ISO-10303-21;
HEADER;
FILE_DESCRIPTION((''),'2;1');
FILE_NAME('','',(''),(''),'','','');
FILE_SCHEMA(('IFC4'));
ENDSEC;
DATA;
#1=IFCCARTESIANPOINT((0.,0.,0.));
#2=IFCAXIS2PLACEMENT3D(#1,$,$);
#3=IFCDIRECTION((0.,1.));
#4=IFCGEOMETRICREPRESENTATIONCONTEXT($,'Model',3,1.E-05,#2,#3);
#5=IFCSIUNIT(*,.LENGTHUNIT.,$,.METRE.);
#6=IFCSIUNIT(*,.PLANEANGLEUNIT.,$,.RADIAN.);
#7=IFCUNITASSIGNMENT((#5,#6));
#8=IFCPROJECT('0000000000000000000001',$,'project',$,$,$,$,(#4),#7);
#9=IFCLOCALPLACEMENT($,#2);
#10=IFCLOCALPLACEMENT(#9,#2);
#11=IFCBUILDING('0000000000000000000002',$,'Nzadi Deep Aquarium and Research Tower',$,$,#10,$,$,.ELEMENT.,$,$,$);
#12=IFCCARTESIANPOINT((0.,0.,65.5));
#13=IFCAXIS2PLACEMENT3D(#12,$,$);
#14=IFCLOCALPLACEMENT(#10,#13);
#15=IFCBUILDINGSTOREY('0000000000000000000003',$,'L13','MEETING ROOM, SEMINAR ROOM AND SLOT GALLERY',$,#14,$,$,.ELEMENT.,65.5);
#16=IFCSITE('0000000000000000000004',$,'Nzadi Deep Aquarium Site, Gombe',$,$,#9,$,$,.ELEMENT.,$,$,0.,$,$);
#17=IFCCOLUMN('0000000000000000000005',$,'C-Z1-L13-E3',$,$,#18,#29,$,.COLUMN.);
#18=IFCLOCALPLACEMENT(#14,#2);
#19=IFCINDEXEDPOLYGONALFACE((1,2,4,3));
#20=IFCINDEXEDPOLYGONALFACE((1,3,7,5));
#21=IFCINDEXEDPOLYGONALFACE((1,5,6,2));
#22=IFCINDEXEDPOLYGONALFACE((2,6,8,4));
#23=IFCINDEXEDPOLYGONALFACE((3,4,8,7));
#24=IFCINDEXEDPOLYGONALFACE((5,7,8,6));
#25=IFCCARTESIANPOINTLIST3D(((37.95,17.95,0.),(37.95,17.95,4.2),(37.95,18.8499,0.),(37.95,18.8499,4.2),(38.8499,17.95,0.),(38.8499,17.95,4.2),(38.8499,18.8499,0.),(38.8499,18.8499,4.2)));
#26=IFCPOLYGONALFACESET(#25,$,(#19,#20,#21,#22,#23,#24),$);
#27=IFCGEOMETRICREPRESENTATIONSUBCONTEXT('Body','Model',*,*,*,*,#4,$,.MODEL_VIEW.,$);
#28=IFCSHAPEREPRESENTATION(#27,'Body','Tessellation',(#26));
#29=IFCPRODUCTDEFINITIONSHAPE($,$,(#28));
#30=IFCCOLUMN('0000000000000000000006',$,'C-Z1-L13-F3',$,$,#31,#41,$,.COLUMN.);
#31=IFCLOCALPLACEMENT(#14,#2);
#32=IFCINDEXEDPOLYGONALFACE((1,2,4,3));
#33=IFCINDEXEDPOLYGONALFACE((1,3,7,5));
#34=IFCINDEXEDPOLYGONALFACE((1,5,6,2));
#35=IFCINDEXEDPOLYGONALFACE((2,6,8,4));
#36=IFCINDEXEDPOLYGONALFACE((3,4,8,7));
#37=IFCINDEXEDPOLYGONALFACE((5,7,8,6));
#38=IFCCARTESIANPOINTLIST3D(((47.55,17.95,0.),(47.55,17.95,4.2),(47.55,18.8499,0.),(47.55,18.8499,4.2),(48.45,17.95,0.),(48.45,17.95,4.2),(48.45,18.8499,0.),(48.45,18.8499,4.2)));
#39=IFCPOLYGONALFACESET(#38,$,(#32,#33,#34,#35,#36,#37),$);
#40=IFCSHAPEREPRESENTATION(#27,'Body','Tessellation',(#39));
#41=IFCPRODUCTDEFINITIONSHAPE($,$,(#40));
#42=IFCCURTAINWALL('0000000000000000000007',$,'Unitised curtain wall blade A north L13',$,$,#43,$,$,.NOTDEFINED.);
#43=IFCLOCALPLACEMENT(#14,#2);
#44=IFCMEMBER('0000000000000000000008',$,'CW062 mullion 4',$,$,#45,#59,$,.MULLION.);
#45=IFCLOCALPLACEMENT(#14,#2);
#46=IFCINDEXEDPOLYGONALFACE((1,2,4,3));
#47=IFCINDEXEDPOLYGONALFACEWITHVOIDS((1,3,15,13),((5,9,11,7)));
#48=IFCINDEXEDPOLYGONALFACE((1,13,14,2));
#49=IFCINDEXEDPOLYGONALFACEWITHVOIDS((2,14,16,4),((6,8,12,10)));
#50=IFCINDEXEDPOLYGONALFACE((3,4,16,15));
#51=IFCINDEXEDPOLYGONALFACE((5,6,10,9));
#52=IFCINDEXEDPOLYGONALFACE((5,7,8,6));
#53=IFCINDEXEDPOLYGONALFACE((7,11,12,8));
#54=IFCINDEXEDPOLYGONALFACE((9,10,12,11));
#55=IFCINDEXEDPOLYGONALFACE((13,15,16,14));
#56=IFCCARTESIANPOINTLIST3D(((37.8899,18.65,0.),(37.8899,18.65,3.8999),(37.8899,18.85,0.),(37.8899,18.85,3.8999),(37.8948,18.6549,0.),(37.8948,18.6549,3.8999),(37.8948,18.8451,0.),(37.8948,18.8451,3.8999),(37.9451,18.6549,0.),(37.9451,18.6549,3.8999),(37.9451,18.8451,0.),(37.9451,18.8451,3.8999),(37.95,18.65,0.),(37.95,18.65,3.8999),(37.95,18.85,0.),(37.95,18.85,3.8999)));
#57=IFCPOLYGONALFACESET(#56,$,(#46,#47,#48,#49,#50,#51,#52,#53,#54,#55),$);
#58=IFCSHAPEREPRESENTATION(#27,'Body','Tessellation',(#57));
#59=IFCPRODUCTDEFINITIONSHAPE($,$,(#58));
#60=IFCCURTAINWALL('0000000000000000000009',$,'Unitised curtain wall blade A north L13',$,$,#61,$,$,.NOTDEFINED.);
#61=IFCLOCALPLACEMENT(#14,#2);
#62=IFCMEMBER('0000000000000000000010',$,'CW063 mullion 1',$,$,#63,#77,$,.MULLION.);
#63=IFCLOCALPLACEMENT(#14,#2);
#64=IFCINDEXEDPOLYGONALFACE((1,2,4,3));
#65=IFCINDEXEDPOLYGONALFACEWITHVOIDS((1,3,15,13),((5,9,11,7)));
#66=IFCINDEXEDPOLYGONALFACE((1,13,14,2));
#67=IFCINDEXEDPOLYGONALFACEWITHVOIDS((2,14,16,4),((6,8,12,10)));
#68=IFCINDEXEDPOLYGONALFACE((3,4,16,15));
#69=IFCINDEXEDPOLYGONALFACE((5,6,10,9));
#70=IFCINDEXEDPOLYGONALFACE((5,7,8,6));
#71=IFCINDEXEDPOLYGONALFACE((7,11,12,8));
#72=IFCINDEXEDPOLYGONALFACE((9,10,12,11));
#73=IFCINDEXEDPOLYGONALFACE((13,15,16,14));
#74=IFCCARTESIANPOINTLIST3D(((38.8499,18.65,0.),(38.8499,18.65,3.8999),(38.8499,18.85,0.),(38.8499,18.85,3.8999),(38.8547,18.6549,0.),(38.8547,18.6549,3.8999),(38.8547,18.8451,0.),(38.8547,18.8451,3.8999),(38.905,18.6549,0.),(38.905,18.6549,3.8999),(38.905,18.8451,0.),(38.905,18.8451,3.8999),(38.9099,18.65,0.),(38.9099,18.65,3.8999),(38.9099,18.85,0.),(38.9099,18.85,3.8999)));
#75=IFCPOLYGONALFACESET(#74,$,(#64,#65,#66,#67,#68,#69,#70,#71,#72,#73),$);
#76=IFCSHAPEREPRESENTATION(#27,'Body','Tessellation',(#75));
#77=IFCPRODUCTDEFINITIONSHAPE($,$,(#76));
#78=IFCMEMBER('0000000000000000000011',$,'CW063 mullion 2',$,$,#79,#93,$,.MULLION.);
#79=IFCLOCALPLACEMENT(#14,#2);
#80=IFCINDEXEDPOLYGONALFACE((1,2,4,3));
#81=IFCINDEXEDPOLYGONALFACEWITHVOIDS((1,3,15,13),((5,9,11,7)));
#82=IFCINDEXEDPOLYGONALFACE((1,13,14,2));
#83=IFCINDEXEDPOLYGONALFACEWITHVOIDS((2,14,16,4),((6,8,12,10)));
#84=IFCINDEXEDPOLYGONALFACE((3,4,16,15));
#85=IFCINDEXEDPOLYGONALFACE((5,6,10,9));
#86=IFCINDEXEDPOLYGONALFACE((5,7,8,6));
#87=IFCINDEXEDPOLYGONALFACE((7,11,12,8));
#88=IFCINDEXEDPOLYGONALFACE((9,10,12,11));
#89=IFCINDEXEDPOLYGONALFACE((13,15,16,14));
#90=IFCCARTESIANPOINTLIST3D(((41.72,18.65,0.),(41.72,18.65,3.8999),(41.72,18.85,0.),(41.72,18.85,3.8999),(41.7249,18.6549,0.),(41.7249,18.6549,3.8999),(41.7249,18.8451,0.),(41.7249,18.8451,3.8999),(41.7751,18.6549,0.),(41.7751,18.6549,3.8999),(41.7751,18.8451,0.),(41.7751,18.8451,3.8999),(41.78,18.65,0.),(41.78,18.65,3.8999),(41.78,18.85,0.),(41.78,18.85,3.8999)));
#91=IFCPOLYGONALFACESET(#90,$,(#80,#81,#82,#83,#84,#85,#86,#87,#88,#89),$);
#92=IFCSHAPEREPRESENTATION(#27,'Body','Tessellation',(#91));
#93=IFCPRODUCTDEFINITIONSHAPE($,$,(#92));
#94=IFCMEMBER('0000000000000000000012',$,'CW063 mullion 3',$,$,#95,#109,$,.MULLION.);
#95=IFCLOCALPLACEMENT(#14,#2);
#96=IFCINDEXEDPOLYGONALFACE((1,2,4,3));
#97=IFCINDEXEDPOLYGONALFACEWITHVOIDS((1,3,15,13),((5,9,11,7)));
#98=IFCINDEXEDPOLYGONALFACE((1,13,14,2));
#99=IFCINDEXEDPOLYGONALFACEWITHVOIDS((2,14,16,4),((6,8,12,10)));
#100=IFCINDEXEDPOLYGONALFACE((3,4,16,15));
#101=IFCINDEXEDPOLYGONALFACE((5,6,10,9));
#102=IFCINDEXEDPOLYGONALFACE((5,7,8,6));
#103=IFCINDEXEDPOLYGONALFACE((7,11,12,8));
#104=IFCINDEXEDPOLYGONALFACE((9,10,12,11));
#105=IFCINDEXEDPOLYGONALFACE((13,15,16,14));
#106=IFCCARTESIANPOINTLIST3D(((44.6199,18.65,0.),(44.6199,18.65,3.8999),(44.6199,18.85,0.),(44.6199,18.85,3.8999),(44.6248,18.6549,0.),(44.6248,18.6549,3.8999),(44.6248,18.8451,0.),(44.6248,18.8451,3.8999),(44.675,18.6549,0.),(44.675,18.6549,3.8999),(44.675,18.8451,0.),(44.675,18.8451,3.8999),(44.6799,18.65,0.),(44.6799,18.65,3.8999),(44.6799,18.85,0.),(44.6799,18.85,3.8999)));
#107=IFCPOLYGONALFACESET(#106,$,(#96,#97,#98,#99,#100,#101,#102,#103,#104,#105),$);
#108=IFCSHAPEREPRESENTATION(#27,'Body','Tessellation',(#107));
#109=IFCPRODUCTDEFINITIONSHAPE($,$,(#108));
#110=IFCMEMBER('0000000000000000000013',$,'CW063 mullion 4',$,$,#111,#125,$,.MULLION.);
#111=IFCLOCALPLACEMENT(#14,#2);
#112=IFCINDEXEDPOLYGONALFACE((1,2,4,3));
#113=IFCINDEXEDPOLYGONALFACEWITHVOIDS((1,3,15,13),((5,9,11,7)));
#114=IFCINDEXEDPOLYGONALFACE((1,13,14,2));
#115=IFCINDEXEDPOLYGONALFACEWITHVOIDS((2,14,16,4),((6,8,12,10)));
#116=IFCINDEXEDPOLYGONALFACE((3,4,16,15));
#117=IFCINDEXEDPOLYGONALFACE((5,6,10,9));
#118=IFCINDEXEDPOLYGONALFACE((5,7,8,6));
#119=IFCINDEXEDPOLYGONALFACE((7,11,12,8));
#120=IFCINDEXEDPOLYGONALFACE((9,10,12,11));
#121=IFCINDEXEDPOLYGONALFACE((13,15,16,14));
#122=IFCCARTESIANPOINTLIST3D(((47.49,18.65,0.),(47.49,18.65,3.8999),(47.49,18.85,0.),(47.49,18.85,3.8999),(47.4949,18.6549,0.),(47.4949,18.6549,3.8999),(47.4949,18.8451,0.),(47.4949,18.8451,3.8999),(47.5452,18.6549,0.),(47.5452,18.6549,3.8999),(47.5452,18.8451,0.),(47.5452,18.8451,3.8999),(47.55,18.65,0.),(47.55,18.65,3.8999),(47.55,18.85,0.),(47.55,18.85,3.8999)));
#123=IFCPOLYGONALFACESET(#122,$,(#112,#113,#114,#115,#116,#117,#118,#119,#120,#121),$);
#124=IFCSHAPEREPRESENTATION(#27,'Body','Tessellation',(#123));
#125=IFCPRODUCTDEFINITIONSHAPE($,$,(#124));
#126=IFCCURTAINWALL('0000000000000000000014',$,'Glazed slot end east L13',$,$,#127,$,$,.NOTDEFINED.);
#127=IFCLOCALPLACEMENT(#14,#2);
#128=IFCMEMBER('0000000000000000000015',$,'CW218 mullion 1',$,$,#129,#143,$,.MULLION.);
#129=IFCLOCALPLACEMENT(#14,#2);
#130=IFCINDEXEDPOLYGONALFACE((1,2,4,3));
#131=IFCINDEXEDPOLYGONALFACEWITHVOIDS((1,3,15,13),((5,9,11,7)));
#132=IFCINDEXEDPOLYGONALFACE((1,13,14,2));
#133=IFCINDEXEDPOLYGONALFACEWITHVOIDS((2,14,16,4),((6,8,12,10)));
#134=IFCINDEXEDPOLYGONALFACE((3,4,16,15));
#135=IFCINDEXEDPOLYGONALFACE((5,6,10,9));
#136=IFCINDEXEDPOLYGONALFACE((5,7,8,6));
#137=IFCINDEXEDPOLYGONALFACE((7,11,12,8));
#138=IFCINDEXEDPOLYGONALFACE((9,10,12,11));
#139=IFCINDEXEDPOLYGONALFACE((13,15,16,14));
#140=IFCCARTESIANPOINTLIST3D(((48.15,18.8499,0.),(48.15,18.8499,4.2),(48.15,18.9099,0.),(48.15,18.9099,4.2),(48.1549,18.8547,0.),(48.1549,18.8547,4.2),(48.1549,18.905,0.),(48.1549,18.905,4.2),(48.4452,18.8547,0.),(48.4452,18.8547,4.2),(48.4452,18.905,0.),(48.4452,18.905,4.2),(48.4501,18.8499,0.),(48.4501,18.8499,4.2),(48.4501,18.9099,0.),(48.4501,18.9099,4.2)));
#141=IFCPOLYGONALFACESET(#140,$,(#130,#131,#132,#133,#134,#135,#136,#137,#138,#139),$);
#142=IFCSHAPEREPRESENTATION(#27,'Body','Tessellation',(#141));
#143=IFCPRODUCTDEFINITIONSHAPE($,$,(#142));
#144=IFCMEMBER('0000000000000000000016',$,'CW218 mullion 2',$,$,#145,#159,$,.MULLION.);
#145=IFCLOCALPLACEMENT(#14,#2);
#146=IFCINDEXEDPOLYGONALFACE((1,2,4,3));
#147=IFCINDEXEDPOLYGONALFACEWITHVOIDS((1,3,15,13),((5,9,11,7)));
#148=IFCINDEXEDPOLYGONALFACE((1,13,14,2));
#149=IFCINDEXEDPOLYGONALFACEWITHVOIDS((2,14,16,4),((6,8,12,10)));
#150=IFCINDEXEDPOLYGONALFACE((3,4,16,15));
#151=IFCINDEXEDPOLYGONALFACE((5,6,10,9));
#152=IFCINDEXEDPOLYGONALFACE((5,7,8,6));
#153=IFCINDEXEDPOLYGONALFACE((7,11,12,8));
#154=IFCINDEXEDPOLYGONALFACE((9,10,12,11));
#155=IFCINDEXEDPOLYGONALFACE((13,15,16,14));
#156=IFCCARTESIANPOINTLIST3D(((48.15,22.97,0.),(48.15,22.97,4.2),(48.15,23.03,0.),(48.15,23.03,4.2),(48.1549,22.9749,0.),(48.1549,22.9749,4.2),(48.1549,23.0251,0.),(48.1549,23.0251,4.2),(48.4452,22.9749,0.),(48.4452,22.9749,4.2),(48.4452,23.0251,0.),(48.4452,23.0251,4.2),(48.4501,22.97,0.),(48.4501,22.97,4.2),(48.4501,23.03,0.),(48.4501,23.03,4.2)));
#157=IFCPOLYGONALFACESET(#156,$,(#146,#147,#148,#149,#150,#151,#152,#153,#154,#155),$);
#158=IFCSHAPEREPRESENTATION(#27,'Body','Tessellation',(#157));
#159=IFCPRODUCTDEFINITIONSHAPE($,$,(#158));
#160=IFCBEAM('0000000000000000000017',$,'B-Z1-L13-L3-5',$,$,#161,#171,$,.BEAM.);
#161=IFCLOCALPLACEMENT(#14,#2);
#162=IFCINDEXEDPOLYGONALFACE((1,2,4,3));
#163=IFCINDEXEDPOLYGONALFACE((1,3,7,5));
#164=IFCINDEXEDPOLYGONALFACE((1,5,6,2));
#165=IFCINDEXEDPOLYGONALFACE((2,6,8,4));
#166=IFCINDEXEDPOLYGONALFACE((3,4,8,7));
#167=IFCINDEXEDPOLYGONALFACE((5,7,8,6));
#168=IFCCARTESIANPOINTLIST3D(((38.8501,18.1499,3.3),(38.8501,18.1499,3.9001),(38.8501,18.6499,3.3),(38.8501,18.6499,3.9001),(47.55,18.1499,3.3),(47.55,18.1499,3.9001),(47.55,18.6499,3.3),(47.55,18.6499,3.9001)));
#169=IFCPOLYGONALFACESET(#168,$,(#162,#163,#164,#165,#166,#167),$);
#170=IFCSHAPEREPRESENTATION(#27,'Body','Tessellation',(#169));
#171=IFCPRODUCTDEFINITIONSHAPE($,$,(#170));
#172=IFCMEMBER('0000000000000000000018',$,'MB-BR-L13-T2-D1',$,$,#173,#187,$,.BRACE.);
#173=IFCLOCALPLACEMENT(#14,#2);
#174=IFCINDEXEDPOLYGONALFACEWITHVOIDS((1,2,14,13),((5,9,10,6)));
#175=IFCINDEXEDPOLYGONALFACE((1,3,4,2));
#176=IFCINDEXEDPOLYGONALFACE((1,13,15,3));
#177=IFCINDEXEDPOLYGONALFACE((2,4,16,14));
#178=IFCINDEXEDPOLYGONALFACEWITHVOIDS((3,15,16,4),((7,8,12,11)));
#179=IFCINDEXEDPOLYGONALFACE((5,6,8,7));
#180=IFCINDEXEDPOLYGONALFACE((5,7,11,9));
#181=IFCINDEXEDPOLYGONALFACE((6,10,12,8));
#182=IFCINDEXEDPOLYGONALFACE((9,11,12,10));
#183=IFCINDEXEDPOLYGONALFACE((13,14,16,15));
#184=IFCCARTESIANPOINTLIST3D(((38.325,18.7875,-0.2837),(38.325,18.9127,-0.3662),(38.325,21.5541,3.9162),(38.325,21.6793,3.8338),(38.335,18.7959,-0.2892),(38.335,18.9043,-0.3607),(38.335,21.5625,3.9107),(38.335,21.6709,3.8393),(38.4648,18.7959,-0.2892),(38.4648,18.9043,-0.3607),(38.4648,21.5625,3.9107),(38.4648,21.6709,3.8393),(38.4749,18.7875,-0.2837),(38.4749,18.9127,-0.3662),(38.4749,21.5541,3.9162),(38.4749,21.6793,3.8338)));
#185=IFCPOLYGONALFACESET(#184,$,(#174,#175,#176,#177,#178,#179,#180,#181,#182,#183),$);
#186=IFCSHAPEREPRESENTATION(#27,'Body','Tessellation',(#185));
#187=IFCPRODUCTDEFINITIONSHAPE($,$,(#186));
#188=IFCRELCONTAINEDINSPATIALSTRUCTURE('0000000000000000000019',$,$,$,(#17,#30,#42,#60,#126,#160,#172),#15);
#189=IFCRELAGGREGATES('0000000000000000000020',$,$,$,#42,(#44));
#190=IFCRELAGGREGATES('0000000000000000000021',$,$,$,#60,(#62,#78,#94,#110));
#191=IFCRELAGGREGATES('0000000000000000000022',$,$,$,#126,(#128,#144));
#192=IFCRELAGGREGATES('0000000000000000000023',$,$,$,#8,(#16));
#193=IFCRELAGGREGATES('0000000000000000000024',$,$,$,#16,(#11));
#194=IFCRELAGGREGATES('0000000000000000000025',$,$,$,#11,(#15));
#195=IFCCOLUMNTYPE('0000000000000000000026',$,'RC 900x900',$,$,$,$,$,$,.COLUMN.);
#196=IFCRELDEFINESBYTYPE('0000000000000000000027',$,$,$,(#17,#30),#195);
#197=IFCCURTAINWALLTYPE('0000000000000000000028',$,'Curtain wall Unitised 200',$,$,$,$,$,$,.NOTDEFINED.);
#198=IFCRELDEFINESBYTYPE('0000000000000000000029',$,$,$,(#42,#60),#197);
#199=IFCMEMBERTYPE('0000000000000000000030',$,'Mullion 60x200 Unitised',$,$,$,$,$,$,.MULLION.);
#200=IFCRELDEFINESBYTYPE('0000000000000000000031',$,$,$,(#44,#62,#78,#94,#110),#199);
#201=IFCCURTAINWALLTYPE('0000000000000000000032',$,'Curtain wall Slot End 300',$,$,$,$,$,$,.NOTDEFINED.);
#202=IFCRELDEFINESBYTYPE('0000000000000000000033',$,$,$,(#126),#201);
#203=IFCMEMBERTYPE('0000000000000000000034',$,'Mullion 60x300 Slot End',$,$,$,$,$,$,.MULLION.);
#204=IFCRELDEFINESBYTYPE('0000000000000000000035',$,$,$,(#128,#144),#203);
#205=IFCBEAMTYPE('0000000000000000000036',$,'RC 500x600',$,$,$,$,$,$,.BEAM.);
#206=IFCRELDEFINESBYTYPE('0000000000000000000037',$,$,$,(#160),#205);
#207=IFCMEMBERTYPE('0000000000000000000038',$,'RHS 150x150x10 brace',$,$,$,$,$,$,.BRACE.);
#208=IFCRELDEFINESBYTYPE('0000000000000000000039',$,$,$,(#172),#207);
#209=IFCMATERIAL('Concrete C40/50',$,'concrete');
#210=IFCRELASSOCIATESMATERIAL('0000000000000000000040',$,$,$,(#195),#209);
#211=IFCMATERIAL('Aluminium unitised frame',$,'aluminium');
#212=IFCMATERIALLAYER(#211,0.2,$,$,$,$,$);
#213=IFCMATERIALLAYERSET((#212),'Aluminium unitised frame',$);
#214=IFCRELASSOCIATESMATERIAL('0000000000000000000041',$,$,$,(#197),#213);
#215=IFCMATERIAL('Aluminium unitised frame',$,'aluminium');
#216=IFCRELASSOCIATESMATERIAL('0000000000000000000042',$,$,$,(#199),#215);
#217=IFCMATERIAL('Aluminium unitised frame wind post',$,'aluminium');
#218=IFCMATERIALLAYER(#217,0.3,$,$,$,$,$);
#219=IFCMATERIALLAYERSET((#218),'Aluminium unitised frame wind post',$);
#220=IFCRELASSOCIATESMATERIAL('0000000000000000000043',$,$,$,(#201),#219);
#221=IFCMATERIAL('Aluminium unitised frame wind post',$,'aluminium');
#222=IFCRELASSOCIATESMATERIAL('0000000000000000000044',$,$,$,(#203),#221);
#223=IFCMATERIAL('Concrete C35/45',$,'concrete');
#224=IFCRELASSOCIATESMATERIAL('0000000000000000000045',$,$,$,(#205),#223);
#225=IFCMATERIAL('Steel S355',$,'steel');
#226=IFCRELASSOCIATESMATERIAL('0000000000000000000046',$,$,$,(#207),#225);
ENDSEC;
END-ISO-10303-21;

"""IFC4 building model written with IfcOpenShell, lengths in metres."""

from ifc_helpers import new_model, si_unit, direction, frame, origin, origin_2d, place, context, subcontext, project, spatial, rectangle, hollow_rectangle, extrude, material, layer, layer_set, material_profile, profile_set, type_object, element, aggregate, save


model = new_model("IFC4")

# Units and contexts
model_context = context("Model", 3, precision=1e-05, world=origin(), true_north=direction((0.0, 1.0)))
body_context = subcontext(model_context, "Body", "Model", "MODEL_VIEW")
ifc_project = project(units=[si_unit("LENGTHUNIT", "METRE"), si_unit("PLANEANGLEUNIT", "RADIAN")], contexts=[model_context])

# Site, building, storey
site_placement = place(None, origin())
site = spatial("IfcSite", under=ifc_project, at=site_placement, Name="Nzadi Deep Aquarium Site, Gombe", CompositionType="ELEMENT", RefElevation=0.0)
building_placement = place(site_placement, origin())
building = spatial("IfcBuilding", under=site, at=building_placement, Name="Nzadi Deep Aquarium and Research Tower", CompositionType="ELEMENT")
storey_placement = place(building_placement, frame((0.0, 0.0, 65.5)))
storey = spatial("IfcBuildingStorey", under=building, at=storey_placement, Name="L13", Description="MEETING ROOM, SEMINAR ROOM AND SLOT GALLERY", CompositionType="ELEMENT", Elevation=65.5)

# Columns
ifc_material_1 = material(Name="Concrete C40/50", Category="concrete")
ifc_material_profile_1 = material_profile(ifc_material_1, rectangle(XDim=0.8999, YDim=0.8999, at=origin_2d()))
ifc_profile_set_1 = profile_set([ifc_material_profile_1], Name="Concrete C40/50")
column_type = type_object("IfcColumnType", Name="RC 900x900", PredefinedType="COLUMN", material=ifc_profile_set_1)
for number, where, z_axis, x_axis, name in (
    (1, (38.3999, 18.3999, 0.0), (0.0, 0.0, 1.0), (1.0, 0.0, 0.0), "C-Z1-L13-E3"),
    (2, (48.0, 18.3999, 0.0), (0.0, 0.0, 1.0), (1.0, 0.0, 0.0), "C-Z1-L13-F3"),
):
    element("IfcColumn", number, at=place(storey_placement, frame(where, z_axis=z_axis, x_axis=x_axis)), inside=storey, type_object=column_type, Name=name, PredefinedType="COLUMN", context=body_context, shape_type="SweptSolid", body=[
        extrude(rectangle(XDim=0.8999, YDim=0.8999, at=origin_2d()), origin(), (0.0, 0.0, 1.0), 4.2),
    ])

# Curtain wall, member
ifc_material_2 = material(Name="Aluminium unitised frame", Category="aluminium")
ifc_layer_1 = layer(ifc_material_2, 0.2)
ifc_layer_set_1 = layer_set([ifc_layer_1], Name="Aluminium unitised frame")
curtain_wall_type_1 = type_object("IfcCurtainWallType", Name="Curtain wall Unitised 200", PredefinedType="NOTDEFINED", material=ifc_layer_set_1)
curtain_wall_1_placement = place(storey_placement, origin())
curtain_wall_1 = element("IfcCurtainWall", 3, at=curtain_wall_1_placement, inside=storey, type_object=curtain_wall_type_1, Name="Unitised curtain wall blade A north L13", PredefinedType="NOTDEFINED")
ifc_material_3 = material(Name="Aluminium unitised frame", Category="aluminium")
ifc_material_profile_2 = material_profile(ifc_material_3, hollow_rectangle(XDim=0.2, YDim=0.0601, WallThickness=0.0049, at=origin_2d()))
ifc_profile_set_2 = profile_set([ifc_material_profile_2], Name="Aluminium unitised frame")
member_type_1 = type_object("IfcMemberType", Name="Mullion 60x200 Unitised", PredefinedType="MULLION", material=ifc_profile_set_2)
member_1_placement = place(storey_placement, frame((37.9199, 18.75, 0.0), z_axis=(0.0, 0.0, 1.0), x_axis=(0.0, 1.0, 0.0)))
member_1 = element("IfcMember", 4, at=member_1_placement, type_object=member_type_1, Name="CW062 mullion 4", PredefinedType="MULLION", context=body_context, shape_type="SweptSolid", body=[
    extrude(hollow_rectangle(XDim=0.2, YDim=0.0601, WallThickness=0.0049, at=origin_2d()), origin(), (0.0, 0.0, 1.0), 3.8999),
])

# Curtain walls, members
curtain_wall_2_placement = place(storey_placement, origin())
curtain_wall_2 = element("IfcCurtainWall", 5, at=curtain_wall_2_placement, inside=storey, type_object=curtain_wall_type_1, Name="Unitised curtain wall blade A north L13", PredefinedType="NOTDEFINED")
member_2_placement = place(storey_placement, frame((38.8799, 18.75, 0.0), z_axis=(0.0, 0.0, 1.0), x_axis=(0.0, 1.0, 0.0)))
member_2 = element("IfcMember", 6, at=member_2_placement, type_object=member_type_1, Name="CW063 mullion 1", PredefinedType="MULLION", context=body_context, shape_type="SweptSolid", body=[
    extrude(hollow_rectangle(XDim=0.2, YDim=0.0601, WallThickness=0.0049, at=origin_2d()), origin(), (0.0, 0.0, 1.0), 3.8999),
])
member_3_placement = place(storey_placement, frame((41.75, 18.75, 0.0), z_axis=(0.0, 0.0, 1.0), x_axis=(0.0, 1.0, 0.0)))
member_3 = element("IfcMember", 7, at=member_3_placement, type_object=member_type_1, Name="CW063 mullion 2", PredefinedType="MULLION", context=body_context, shape_type="SweptSolid", body=[
    extrude(hollow_rectangle(XDim=0.2, YDim=0.0601, WallThickness=0.0049, at=origin_2d()), origin(), (0.0, 0.0, 1.0), 3.8999),
])
member_4_placement = place(storey_placement, frame((44.6499, 18.75, 0.0), z_axis=(0.0, 0.0, 1.0), x_axis=(0.0, 1.0, 0.0)))
member_4 = element("IfcMember", 8, at=member_4_placement, type_object=member_type_1, Name="CW063 mullion 3", PredefinedType="MULLION", context=body_context, shape_type="SweptSolid", body=[
    extrude(hollow_rectangle(XDim=0.2, YDim=0.0601, WallThickness=0.0049, at=origin_2d()), origin(), (0.0, 0.0, 1.0), 3.8999),
])
member_5_placement = place(storey_placement, frame((47.52, 18.75, 0.0), z_axis=(0.0, 0.0, 1.0), x_axis=(0.0, 1.0, 0.0)))
member_5 = element("IfcMember", 9, at=member_5_placement, type_object=member_type_1, Name="CW063 mullion 4", PredefinedType="MULLION", context=body_context, shape_type="SweptSolid", body=[
    extrude(hollow_rectangle(XDim=0.2, YDim=0.0601, WallThickness=0.0049, at=origin_2d()), origin(), (0.0, 0.0, 1.0), 3.8999),
])
ifc_material_4 = material(Name="Aluminium unitised frame wind post", Category="aluminium")
ifc_layer_2 = layer(ifc_material_4, 0.3)
ifc_layer_set_2 = layer_set([ifc_layer_2], Name="Aluminium unitised frame wind post")
curtain_wall_type_2 = type_object("IfcCurtainWallType", Name="Curtain wall Slot End 300", PredefinedType="NOTDEFINED", material=ifc_layer_set_2)
curtain_wall_3_placement = place(storey_placement, origin())
curtain_wall_3 = element("IfcCurtainWall", 10, at=curtain_wall_3_placement, inside=storey, type_object=curtain_wall_type_2, Name="Glazed slot end east L13", PredefinedType="NOTDEFINED")
ifc_material_5 = material(Name="Aluminium unitised frame wind post", Category="aluminium")
ifc_material_profile_3 = material_profile(ifc_material_5, hollow_rectangle(XDim=0.3, YDim=0.0601, WallThickness=0.0049, at=origin_2d()))
ifc_profile_set_3 = profile_set([ifc_material_profile_3], Name="Aluminium unitised frame wind post")
member_type_2 = type_object("IfcMemberType", Name="Mullion 60x300 Slot End", PredefinedType="MULLION", material=ifc_profile_set_3)
member_6_placement = place(storey_placement, frame((48.3, 18.8799, 0.0), z_axis=(0.0, 0.0, 1.0), x_axis=(-1.0, 0.0, 0.0)))
member_6 = element("IfcMember", 11, at=member_6_placement, type_object=member_type_2, Name="CW218 mullion 1", PredefinedType="MULLION", context=body_context, shape_type="SweptSolid", body=[
    extrude(hollow_rectangle(XDim=0.3, YDim=0.0601, WallThickness=0.0049, at=origin_2d()), origin(), (0.0, 0.0, 1.0), 4.2),
])
member_7_placement = place(storey_placement, frame((48.3, 23.0, 0.0), z_axis=(0.0, 0.0, 1.0), x_axis=(-1.0, 0.0, 0.0)))
member_7 = element("IfcMember", 12, at=member_7_placement, type_object=member_type_2, Name="CW218 mullion 2", PredefinedType="MULLION", context=body_context, shape_type="SweptSolid", body=[
    extrude(hollow_rectangle(XDim=0.3, YDim=0.0601, WallThickness=0.0049, at=origin_2d()), origin(), (0.0, 0.0, 1.0), 4.2),
])

# Beam
ifc_material_6 = material(Name="Concrete C35/45", Category="concrete")
ifc_material_profile_4 = material_profile(ifc_material_6, rectangle(XDim=0.5, YDim=0.6001, at=origin_2d()))
ifc_profile_set_4 = profile_set([ifc_material_profile_4], Name="Concrete C35/45")
beam_type = type_object("IfcBeamType", Name="RC 500x600", PredefinedType="BEAM", material=ifc_profile_set_4)
beam_placement = place(storey_placement, frame((38.8501, 18.3999, 3.6001), z_axis=(1.0, 0.0, 0.0), x_axis=(0.0, 1.0, 0.0)))
element("IfcBeam", 13, at=beam_placement, inside=storey, type_object=beam_type, Name="B-Z1-L13-L3-5", PredefinedType="BEAM", context=body_context, shape_type="SweptSolid", body=[
    extrude(rectangle(XDim=0.5, YDim=0.6001, at=origin_2d()), origin(), (0.0, 0.0, 1.0), 8.7),
])

# Member
ifc_material_7 = material(Name="Steel S355", Category="steel")
ifc_material_profile_5 = material_profile(ifc_material_7, hollow_rectangle(XDim=0.1499, YDim=0.1499, WallThickness=0.01, at=origin_2d()))
ifc_profile_set_5 = profile_set([ifc_material_profile_5], Name="Steel S355")
member_type_3 = type_object("IfcMemberType", Name="RHS 150x150x10 brace", PredefinedType="BRACE", material=ifc_profile_set_5)
for number, where, z_axis, x_axis, name in (
    (14, (38.3999, 18.8501, -0.325), (0.0, 0.550099, 0.8351), (-1.0, 0.0, 0.0), "MB-BR-L13-T2-D1"),
):
    element("IfcMember", number, at=place(storey_placement, frame(where, z_axis=z_axis, x_axis=x_axis)), inside=storey, type_object=member_type_3, Name=name, PredefinedType="BRACE", context=body_context, shape_type="SweptSolid", body=[
        extrude(hollow_rectangle(XDim=0.1499, YDim=0.1499, WallThickness=0.01, at=origin_2d()), origin(), (0.0, 0.0, 1.0), 5.0293),
    ])

aggregate(curtain_wall_1, [member_1])
aggregate(curtain_wall_2, [member_2, member_3, member_4, member_5])
aggregate(curtain_wall_3, [member_6, member_7])

save(model, "model.ifc")
